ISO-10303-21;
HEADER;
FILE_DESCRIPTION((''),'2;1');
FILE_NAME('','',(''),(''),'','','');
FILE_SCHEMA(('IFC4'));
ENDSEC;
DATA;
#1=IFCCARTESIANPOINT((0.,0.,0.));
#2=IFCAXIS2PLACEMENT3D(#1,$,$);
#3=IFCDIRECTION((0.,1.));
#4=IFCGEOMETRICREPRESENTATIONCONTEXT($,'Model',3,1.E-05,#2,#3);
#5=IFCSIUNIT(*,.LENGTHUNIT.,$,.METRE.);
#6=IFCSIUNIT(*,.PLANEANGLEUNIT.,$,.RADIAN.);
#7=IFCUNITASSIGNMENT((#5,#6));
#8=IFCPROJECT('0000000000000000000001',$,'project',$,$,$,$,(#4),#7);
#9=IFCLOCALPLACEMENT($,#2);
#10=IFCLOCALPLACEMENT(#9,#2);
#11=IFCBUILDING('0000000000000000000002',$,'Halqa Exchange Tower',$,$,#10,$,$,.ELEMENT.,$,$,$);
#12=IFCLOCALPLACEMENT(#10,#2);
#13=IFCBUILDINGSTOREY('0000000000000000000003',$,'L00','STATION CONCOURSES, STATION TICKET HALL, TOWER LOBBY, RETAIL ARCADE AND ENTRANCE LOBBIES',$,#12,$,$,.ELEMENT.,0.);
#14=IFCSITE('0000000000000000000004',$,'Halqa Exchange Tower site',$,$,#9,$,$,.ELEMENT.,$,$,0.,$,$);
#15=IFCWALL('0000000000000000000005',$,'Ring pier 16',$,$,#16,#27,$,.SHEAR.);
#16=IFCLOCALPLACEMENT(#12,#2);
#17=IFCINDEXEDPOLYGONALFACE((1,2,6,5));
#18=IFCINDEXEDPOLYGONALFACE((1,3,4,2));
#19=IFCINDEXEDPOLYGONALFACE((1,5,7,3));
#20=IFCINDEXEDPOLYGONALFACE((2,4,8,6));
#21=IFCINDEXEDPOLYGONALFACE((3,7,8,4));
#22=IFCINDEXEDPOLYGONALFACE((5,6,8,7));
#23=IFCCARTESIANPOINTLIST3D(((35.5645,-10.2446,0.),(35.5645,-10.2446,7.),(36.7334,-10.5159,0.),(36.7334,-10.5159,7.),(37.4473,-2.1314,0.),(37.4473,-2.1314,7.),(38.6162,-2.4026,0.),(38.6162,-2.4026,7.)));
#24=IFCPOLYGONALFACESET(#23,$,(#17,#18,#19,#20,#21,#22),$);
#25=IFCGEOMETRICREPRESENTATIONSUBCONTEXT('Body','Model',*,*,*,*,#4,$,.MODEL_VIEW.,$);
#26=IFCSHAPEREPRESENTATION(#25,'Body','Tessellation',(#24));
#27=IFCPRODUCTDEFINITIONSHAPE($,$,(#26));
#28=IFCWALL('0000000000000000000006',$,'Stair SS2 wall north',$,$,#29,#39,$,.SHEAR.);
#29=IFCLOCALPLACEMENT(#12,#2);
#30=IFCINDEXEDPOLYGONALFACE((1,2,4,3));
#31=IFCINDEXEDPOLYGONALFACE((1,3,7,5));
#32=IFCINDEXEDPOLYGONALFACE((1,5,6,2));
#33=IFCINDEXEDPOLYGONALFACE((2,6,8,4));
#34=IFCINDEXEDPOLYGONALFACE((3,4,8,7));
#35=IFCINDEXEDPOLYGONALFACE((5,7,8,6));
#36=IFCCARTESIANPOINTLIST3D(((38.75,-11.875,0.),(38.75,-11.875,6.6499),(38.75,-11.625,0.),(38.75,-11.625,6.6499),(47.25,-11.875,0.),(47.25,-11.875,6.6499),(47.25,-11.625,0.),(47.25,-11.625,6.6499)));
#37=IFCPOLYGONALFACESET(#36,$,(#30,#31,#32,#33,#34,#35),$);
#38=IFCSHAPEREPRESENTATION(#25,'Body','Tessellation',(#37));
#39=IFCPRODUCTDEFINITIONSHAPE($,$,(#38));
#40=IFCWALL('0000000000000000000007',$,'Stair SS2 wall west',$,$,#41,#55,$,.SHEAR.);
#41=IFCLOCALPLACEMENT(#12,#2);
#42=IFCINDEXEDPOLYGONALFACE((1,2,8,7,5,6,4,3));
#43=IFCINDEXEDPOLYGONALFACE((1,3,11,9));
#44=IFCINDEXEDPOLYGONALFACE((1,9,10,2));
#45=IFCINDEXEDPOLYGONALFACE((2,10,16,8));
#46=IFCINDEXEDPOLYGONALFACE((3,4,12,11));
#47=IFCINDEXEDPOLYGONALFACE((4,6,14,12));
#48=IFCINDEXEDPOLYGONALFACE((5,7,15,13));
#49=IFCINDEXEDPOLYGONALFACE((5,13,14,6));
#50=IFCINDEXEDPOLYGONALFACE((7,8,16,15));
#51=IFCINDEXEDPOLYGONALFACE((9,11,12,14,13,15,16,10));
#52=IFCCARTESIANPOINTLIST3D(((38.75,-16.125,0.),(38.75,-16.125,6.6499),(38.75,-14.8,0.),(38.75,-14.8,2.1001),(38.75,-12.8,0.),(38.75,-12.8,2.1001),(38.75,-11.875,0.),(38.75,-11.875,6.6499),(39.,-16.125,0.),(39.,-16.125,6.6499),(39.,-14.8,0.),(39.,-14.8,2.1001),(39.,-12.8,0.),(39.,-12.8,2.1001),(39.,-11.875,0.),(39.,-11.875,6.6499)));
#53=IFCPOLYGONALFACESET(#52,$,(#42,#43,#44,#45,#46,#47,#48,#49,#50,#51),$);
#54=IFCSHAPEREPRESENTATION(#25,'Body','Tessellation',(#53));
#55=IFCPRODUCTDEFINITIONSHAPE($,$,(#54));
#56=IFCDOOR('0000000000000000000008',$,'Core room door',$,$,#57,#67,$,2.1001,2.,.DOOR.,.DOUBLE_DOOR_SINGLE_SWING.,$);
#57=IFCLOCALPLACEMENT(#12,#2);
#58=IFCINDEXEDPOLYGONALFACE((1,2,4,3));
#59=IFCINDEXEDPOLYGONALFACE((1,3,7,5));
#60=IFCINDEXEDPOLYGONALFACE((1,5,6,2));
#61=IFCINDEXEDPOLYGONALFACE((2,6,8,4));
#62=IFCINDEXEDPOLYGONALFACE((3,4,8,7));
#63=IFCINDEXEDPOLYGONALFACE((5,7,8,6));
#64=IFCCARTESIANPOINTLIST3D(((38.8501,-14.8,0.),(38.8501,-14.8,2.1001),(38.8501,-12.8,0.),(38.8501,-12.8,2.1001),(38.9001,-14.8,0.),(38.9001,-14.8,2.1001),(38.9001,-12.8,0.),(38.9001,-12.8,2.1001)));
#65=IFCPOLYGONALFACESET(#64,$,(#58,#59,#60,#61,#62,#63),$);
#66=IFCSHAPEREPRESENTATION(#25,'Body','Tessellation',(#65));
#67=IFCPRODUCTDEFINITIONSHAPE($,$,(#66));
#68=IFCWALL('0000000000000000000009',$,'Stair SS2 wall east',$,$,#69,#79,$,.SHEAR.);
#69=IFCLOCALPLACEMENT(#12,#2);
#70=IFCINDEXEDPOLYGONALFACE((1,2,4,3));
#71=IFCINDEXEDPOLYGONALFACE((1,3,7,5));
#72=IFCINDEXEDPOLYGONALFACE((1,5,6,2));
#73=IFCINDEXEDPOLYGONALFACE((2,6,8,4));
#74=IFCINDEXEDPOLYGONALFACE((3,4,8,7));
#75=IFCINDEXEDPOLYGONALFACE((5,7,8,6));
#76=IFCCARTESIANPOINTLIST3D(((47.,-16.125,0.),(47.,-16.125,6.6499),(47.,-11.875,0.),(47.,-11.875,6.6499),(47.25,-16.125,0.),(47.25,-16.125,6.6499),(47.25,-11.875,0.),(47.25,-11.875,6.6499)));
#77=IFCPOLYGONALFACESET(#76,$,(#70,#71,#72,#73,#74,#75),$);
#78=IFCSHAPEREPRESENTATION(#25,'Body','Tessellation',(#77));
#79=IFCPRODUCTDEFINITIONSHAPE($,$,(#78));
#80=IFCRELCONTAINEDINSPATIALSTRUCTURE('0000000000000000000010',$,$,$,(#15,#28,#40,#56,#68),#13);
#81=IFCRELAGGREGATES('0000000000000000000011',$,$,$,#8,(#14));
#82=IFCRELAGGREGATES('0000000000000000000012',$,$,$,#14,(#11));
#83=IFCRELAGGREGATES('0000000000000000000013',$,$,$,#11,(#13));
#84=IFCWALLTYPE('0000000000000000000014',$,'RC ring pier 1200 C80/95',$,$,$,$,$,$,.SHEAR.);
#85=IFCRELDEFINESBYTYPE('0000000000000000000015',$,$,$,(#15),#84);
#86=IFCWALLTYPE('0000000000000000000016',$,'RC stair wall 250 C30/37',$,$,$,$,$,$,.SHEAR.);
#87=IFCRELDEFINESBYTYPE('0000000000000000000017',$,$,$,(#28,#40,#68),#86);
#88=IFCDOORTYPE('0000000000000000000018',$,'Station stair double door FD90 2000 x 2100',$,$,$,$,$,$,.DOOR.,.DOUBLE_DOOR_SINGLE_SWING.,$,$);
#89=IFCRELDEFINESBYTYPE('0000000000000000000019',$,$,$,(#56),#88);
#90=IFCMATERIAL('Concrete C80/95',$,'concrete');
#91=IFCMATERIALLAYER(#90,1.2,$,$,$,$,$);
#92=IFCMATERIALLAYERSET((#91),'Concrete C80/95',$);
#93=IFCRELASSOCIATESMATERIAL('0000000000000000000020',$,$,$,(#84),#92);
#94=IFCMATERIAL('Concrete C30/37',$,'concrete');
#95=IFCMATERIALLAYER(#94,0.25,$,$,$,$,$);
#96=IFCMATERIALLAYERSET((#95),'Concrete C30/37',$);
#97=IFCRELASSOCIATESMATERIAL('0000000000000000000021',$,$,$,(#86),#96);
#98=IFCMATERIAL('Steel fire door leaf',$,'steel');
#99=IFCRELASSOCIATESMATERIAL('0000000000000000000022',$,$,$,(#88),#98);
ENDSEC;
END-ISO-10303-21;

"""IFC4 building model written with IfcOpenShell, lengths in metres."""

from ifc_helpers import new_model, si_unit, direction, frame, frame_2d, origin, place, context, subcontext, project, spatial, rectangle, extrude, material, layer, layer_set, type_object, element, fill, save


model = new_model("IFC4")

# Units and contexts
model_context = context("Model", 3, precision=1e-05, world=origin(), true_north=direction((0.0, 1.0)))
body_context = subcontext(model_context, "Body", "Model", "MODEL_VIEW")
ifc_project = project(units=[si_unit("LENGTHUNIT", "METRE"), si_unit("PLANEANGLEUNIT", "RADIAN")], contexts=[model_context])

# Site, building, storey
site_placement = place(None, origin())
site = spatial("IfcSite", under=ifc_project, at=site_placement, Name="Halqa Exchange Tower site", CompositionType="ELEMENT", RefElevation=0.0)
building_placement = place(site_placement, origin())
building = spatial("IfcBuilding", under=site, at=building_placement, Name="Halqa Exchange Tower", CompositionType="ELEMENT")
storey_placement = place(building_placement, origin())
storey = spatial("IfcBuildingStorey", under=building, at=storey_placement, Name="L00", Description="STATION CONCOURSES, STATION TICKET HALL, TOWER LOBBY, RETAIL ARCADE AND ENTRANCE LOBBIES", CompositionType="ELEMENT", Elevation=0.0)

# Shared definitions
ifc_material_1 = material(Name="Steel fire door leaf", Category="steel")

# Walls
ifc_material_2 = material(Name="Concrete C80/95", Category="concrete")
ifc_layer_1 = layer(ifc_material_2, 1.2)
ifc_layer_set_1 = layer_set([ifc_layer_1], Name="Concrete C80/95")
wall_type_1 = type_object("IfcWallType", Name="RC ring pier 1200 C80/95", PredefinedType="SHEAR", material=ifc_layer_set_1)
wall_1_placement = place(storey_placement, frame((36.1489, -10.3804, 0.0), z_axis=(0.0, 0.0, 1.0), x_axis=(0.226058, 0.974114, 0.0)))
element("IfcWall", 1, at=wall_1_placement, inside=storey, type_object=wall_type_1, Name="Ring pier 16", PredefinedType="SHEAR", context=body_context, shape_type="SweptSolid", body=[
    extrude(rectangle(XDim=8.3289, YDim=1.2, at=frame_2d((4.1646, 0.0))), origin(), (0.0, 0.0, 1.0), 7.0),
])
ifc_material_3 = material(Name="Concrete C30/37", Category="concrete")
ifc_layer_2 = layer(ifc_material_3, 0.25)
ifc_layer_set_2 = layer_set([ifc_layer_2], Name="Concrete C30/37")
wall_type_2 = type_object("IfcWallType", Name="RC stair wall 250 C30/37", PredefinedType="SHEAR", material=ifc_layer_set_2)
wall_2_placement = place(storey_placement, frame((38.75, -11.75, 0.0), z_axis=(0.0, 0.0, 1.0), x_axis=(1.0, 0.0, 0.0)))
element("IfcWall", 2, at=wall_2_placement, inside=storey, type_object=wall_type_2, Name="Stair SS2 wall north", PredefinedType="SHEAR", context=body_context, shape_type="SweptSolid", body=[
    extrude(rectangle(XDim=8.5, YDim=0.25, at=frame_2d((4.25, 0.0))), origin(), (0.0, 0.0, 1.0), 6.6499),
])

# Wall, opening, door
wall_3_placement = place(storey_placement, frame((38.875, -16.125, 0.0), z_axis=(0.0, 0.0, 1.0), x_axis=(0.0, 1.0, 0.0)))
wall_3 = element("IfcWall", 3, at=wall_3_placement, inside=storey, type_object=wall_type_2, Name="Stair SS2 wall west", PredefinedType="SHEAR", context=body_context, shape_type="SweptSolid", body=[
    extrude(rectangle(XDim=4.25, YDim=0.25, at=frame_2d((2.125, 0.0))), origin(), (0.0, 0.0, 1.0), 6.6499),
])
opening_1_placement = place(wall_3_placement, frame((1.325, 0.0, 0.0)))
opening_1 = element("IfcOpeningElement", 4, at=opening_1_placement, cuts=wall_3, PredefinedType="OPENING", context=body_context, shape_type="SweptSolid", body=[
    extrude(rectangle(XDim=2.0, YDim=2.1001, at=frame_2d((1.0, 1.05))), frame((0.0, 0.137, 0.0), z_axis=(0.0, -1.0, 0.0), x_axis=(1.0, 0.0, 0.0)), (0.0, 0.0, 1.0), 0.2739),
])
door_type_1 = type_object("IfcDoorType", Name="Station stair double door FD90 2000 x 2100", OperationType="DOUBLE_DOOR_SINGLE_SWING", PredefinedType="DOOR", material=ifc_material_1)
door_1_placement = place(opening_1_placement, origin())
door_1 = element("IfcDoor", 5, at=door_1_placement, inside=storey, type_object=door_type_1, Name="Core room door", OperationType="DOUBLE_DOOR_SINGLE_SWING", OverallHeight=2.1001, OverallWidth=2.0, PredefinedType="DOOR", context=body_context, shape_type="SweptSolid", body=[
    extrude(rectangle(XDim=2.0, YDim=2.1001, at=frame_2d((1.0, 1.05))), frame((0.0, 0.0249, 0.0), z_axis=(0.0, -1.0, 0.0), x_axis=(1.0, 0.0, 0.0)), (0.0, 0.0, 1.0), 0.05),
])
fill(opening_1, door_1)

# Wall
wall_4_placement = place(storey_placement, frame((47.125, -16.125, 0.0), z_axis=(0.0, 0.0, 1.0), x_axis=(0.0, 1.0, 0.0)))
element("IfcWall", 6, at=wall_4_placement, inside=storey, type_object=wall_type_2, Name="Stair SS2 wall east", PredefinedType="SHEAR", context=body_context, shape_type="SweptSolid", body=[
    extrude(rectangle(XDim=4.25, YDim=0.25, at=frame_2d((2.125, 0.0))), origin(), (0.0, 0.0, 1.0), 6.6499),
])

save(model, "model.ifc")
